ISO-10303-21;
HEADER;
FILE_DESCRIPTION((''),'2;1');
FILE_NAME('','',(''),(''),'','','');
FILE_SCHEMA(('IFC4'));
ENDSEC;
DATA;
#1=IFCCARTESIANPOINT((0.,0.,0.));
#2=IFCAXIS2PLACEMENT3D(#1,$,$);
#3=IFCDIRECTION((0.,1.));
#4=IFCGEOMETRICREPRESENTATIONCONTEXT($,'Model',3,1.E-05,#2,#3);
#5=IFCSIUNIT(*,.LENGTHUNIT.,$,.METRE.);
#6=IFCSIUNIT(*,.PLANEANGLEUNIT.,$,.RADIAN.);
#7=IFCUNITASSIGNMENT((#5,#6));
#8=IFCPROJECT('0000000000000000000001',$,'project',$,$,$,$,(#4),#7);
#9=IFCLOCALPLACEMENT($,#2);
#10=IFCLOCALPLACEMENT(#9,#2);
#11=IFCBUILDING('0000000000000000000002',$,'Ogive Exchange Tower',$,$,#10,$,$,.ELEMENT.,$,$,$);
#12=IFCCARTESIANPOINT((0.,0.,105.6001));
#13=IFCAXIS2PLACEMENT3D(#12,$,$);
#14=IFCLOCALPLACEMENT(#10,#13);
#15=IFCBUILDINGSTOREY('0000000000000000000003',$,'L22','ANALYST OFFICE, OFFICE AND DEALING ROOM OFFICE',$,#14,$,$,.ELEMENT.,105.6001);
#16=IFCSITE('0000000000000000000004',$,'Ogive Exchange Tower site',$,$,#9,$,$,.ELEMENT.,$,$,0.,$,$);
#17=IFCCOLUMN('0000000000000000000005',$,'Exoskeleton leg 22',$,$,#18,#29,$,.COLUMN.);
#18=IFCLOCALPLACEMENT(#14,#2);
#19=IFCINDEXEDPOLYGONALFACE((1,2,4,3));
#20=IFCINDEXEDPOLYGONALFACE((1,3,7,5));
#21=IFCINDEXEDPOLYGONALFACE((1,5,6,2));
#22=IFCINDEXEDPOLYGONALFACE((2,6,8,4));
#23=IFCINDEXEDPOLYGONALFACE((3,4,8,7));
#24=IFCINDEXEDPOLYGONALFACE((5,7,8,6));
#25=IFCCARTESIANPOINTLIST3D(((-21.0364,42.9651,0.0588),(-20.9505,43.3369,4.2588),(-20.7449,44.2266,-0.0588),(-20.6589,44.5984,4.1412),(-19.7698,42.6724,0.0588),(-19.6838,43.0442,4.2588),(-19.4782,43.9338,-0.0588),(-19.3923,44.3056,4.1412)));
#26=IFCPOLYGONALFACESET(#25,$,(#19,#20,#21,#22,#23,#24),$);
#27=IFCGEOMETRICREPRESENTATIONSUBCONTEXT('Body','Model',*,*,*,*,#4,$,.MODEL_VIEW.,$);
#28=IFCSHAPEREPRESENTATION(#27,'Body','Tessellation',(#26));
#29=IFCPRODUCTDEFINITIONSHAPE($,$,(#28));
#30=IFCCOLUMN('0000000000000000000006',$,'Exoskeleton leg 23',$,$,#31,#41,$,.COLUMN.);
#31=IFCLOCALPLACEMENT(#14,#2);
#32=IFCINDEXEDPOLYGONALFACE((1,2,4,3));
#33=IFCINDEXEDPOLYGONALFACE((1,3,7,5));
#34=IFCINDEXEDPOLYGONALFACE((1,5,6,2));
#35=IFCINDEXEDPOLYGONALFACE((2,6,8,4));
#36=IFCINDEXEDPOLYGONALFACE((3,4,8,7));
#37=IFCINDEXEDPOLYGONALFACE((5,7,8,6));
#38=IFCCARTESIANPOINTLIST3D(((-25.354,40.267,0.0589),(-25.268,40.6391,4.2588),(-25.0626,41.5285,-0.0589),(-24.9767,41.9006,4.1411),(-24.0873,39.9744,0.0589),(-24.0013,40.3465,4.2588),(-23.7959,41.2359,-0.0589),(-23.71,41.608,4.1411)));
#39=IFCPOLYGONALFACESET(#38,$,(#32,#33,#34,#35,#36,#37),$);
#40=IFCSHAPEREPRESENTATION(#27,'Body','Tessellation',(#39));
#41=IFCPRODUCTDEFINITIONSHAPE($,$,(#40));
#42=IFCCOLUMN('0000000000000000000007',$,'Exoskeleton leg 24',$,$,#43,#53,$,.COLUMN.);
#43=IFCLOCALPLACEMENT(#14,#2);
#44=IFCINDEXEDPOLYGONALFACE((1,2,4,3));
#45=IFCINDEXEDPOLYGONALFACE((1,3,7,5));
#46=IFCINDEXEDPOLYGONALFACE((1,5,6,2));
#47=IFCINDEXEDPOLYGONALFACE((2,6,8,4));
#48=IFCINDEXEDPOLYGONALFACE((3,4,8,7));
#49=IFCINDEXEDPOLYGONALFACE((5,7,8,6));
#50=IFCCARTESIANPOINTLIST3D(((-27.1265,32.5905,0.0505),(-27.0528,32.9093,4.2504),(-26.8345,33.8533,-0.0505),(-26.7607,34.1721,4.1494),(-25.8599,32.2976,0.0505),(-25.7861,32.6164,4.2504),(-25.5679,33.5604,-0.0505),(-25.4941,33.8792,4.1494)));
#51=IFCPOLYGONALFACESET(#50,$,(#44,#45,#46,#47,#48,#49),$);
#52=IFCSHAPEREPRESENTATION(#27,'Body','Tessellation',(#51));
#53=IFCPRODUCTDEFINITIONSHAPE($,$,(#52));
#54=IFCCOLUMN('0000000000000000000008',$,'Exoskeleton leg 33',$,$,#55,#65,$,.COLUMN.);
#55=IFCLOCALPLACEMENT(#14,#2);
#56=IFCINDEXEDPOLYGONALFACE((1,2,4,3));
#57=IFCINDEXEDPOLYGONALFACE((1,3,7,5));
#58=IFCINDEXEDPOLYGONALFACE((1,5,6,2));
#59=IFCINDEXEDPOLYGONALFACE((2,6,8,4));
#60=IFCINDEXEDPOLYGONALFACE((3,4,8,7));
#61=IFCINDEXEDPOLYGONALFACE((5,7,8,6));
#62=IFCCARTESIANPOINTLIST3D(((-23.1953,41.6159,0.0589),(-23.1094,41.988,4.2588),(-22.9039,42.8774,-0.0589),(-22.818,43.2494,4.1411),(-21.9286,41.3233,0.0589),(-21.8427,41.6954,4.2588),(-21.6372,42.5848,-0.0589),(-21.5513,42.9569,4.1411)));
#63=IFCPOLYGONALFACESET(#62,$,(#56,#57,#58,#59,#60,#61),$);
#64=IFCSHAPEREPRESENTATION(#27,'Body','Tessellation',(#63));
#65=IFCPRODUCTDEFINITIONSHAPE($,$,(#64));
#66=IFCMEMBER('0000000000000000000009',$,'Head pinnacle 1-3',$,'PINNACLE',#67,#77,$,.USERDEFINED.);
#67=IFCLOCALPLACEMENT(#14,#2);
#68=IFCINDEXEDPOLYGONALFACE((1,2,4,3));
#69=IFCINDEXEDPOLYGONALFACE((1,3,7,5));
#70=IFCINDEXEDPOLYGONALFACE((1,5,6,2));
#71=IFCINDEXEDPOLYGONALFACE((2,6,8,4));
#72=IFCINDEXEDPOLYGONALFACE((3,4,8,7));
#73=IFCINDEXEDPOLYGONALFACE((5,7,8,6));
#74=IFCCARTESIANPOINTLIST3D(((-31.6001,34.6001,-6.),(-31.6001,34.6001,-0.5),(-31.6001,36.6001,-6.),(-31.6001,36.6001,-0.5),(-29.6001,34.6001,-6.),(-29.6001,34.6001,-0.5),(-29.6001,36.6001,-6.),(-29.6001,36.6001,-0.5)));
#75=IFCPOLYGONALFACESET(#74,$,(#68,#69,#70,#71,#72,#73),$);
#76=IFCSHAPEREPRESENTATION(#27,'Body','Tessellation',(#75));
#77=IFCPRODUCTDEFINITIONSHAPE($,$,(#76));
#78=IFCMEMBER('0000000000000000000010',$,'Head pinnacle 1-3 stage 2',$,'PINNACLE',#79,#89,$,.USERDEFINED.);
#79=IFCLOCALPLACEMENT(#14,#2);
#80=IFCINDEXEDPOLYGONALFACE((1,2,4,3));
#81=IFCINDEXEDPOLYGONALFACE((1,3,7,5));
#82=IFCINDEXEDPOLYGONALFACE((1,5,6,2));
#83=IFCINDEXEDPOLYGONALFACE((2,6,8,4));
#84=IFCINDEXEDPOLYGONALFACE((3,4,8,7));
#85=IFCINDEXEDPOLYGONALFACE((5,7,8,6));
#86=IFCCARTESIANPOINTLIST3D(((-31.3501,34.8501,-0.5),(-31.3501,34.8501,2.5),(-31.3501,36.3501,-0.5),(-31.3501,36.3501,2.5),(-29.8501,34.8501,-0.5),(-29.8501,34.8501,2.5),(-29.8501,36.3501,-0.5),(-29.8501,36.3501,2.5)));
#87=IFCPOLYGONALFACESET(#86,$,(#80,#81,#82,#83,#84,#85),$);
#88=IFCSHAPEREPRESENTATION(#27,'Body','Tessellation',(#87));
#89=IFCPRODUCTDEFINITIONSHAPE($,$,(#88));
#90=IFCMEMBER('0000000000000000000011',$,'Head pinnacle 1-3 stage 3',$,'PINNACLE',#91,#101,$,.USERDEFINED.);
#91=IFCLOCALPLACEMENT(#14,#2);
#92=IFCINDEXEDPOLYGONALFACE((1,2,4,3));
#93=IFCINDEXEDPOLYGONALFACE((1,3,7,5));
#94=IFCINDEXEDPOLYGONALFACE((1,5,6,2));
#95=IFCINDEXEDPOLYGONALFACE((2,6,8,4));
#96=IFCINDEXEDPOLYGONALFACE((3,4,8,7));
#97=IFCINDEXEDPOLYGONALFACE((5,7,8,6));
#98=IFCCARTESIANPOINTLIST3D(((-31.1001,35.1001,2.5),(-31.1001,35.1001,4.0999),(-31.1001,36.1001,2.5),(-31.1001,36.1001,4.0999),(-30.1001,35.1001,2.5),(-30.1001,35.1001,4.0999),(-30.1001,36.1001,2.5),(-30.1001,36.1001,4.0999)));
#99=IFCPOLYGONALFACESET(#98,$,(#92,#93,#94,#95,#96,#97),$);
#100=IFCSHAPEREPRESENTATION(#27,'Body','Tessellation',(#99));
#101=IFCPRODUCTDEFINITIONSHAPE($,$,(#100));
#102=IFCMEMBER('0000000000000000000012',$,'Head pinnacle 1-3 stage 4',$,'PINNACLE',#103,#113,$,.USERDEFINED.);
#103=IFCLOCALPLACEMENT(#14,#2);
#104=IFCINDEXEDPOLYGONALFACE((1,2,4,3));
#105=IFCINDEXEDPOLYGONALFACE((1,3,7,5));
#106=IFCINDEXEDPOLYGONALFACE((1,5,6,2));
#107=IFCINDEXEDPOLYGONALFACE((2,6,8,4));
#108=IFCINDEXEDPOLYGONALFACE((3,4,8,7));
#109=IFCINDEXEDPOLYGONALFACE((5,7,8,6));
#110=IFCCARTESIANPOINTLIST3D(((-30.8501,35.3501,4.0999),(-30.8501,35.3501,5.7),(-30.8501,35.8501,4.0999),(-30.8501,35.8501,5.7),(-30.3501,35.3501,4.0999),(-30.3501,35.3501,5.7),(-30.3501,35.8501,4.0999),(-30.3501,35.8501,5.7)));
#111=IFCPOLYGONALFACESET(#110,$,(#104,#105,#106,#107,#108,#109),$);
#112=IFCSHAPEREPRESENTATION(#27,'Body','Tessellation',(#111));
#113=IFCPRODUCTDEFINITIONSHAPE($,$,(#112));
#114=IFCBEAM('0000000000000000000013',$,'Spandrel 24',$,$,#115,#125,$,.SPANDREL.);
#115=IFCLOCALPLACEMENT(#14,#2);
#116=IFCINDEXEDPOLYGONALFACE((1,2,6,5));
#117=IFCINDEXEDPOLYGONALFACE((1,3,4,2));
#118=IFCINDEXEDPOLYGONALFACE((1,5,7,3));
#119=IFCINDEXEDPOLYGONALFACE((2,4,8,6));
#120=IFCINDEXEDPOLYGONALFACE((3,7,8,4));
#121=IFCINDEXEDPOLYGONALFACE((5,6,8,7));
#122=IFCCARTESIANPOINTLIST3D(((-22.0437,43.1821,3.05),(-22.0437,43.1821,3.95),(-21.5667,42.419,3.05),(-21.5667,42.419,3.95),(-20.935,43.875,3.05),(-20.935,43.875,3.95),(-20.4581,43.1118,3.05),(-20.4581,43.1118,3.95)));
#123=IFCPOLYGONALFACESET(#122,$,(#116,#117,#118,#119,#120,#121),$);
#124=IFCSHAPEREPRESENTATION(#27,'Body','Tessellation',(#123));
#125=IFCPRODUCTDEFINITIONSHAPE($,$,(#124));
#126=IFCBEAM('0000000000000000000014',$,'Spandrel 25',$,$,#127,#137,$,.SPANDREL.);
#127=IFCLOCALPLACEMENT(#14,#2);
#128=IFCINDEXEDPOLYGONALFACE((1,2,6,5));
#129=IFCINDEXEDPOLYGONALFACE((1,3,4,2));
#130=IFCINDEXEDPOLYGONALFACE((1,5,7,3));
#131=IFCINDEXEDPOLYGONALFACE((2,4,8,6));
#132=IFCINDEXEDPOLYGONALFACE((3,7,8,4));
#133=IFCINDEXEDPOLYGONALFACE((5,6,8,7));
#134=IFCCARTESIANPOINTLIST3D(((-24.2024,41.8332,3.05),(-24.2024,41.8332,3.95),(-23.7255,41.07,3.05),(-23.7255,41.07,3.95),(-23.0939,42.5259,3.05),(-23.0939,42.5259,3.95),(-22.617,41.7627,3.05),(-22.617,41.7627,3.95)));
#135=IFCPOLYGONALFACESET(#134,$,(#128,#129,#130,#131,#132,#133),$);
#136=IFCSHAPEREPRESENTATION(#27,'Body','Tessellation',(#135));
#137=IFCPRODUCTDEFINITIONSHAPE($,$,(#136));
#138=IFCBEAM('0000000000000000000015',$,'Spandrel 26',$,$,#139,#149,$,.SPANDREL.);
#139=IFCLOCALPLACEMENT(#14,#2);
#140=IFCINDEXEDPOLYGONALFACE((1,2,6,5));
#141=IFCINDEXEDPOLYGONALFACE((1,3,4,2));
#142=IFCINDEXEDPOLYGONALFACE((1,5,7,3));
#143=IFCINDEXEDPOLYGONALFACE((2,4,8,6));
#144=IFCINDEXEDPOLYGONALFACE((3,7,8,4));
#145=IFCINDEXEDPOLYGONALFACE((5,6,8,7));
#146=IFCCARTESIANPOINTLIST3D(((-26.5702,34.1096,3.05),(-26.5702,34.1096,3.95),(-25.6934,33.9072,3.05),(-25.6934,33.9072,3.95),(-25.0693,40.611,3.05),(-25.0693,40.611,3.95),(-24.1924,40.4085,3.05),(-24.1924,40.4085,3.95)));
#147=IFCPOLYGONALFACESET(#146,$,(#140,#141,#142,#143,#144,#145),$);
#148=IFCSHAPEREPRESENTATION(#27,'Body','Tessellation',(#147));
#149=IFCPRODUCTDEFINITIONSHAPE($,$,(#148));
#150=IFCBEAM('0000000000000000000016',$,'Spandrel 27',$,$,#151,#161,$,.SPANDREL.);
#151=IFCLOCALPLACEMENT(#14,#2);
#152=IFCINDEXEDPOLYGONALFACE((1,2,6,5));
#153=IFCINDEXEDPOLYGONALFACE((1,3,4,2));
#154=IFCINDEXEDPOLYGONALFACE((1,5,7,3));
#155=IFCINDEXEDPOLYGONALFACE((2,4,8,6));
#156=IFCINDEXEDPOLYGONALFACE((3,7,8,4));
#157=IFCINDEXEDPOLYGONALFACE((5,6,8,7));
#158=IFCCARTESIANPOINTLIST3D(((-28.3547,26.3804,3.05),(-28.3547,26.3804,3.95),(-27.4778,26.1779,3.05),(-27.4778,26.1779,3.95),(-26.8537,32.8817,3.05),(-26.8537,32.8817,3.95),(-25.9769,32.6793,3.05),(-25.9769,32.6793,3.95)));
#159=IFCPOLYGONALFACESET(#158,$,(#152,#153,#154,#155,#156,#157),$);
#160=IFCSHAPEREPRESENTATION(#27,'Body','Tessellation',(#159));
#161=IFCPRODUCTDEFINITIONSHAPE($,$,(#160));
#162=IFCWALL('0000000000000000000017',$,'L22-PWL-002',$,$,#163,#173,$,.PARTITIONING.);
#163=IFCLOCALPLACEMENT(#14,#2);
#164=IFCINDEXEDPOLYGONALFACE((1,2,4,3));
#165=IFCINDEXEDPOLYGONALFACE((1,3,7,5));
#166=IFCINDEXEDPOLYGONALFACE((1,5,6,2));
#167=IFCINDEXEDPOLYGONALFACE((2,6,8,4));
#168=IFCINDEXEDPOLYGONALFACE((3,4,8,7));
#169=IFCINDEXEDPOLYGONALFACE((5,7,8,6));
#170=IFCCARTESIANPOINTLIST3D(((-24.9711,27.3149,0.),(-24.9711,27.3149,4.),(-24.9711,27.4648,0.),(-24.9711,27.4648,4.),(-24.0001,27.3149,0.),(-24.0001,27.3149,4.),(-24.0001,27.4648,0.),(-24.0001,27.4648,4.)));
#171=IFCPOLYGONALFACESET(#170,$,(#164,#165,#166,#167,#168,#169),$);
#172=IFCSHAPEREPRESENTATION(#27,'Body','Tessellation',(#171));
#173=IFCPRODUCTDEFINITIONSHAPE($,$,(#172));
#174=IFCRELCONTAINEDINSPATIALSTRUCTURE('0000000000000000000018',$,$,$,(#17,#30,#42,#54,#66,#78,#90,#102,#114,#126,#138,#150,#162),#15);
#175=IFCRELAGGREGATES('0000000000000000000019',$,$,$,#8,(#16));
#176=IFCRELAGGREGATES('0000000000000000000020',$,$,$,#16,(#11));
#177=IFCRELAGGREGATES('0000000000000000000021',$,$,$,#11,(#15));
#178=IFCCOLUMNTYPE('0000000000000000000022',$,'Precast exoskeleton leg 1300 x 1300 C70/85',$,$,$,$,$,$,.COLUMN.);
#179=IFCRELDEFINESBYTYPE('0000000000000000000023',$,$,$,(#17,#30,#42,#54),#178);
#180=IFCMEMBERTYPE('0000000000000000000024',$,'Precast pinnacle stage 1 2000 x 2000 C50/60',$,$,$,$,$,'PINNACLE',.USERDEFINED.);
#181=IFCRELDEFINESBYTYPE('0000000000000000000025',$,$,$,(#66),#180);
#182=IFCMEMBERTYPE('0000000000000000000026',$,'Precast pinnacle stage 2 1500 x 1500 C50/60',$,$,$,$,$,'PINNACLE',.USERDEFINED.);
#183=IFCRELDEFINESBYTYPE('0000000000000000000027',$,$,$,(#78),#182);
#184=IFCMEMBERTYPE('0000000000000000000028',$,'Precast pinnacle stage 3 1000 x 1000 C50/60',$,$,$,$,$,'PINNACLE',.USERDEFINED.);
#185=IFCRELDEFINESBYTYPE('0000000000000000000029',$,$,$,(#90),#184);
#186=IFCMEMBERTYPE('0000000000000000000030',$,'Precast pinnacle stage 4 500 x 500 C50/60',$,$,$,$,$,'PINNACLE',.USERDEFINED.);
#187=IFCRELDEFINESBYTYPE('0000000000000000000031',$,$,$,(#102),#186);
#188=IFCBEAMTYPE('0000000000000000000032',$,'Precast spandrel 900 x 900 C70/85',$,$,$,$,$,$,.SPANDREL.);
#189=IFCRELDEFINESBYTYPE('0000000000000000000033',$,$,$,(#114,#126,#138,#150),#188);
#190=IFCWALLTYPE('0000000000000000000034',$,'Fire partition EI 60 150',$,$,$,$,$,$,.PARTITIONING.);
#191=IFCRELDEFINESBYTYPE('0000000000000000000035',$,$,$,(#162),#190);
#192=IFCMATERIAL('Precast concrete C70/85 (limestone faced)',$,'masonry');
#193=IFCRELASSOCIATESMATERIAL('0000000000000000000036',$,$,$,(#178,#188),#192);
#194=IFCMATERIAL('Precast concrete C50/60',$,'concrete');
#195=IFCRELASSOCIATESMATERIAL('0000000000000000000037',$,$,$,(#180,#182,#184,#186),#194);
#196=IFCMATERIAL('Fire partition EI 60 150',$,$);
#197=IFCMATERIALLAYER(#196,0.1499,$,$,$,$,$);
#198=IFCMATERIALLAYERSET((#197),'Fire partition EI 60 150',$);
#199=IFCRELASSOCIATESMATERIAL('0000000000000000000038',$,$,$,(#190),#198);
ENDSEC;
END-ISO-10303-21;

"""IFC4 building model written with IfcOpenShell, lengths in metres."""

from ifc_helpers import new_model, si_unit, direction, frame, frame_2d, origin, origin_2d, place, context, subcontext, project, spatial, rectangle, extrude, material, layer, layer_set, material_profile, profile_set, type_object, element, save


model = new_model("IFC4")

# Units and contexts
model_context = context("Model", 3, precision=1e-05, world=origin(), true_north=direction((0.0, 1.0)))
body_context = subcontext(model_context, "Body", "Model", "MODEL_VIEW")
ifc_project = project(units=[si_unit("LENGTHUNIT", "METRE"), si_unit("PLANEANGLEUNIT", "RADIAN")], contexts=[model_context])

# Site, building, storey
site_placement = place(None, origin())
site = spatial("IfcSite", under=ifc_project, at=site_placement, Name="Ogive Exchange Tower site", CompositionType="ELEMENT", RefElevation=0.0)
building_placement = place(site_placement, origin())
building = spatial("IfcBuilding", under=site, at=building_placement, Name="Ogive Exchange Tower", CompositionType="ELEMENT")
storey_placement = place(building_placement, frame((0.0, 0.0, 105.6001)))
storey = spatial("IfcBuildingStorey", under=building, at=storey_placement, Name="L22", Description="ANALYST OFFICE, OFFICE AND DEALING ROOM OFFICE", CompositionType="ELEMENT", Elevation=105.6001)

# Columns
ifc_material_1 = material(Name="Precast concrete C70/85 (limestone faced)", Category="masonry")
ifc_material_profile_1 = material_profile(ifc_material_1, rectangle(XDim=1.3, YDim=1.3, at=origin_2d()), Name="1300 x 1300")
ifc_profile_set_1 = profile_set([ifc_material_profile_1], Name="Precast concrete C70/85 (limestone faced)")
column_type = type_object("IfcColumnType", Name="Precast exoskeleton leg 1300 x 1300 C70/85", PredefinedType="COLUMN", material=ifc_profile_set_1)
for number, where, z_axis, x_axis, name in (
    (1, (-20.2573, 43.4495, 0.0), (0.020378, 0.088168, 0.995897), (-0.974316, 0.225187, 0.0), "Exoskeleton leg 22"),
    (2, (-24.575, 40.7515, 0.0), (0.020377, 0.088225, 0.995892), (-0.974348, 0.225046, 0.0), "Exoskeleton leg 23"),
):
    element("IfcColumn", number, at=place(storey_placement, frame(where, z_axis=z_axis, x_axis=x_axis)), inside=storey, type_object=column_type, Name=name, PredefinedType="COLUMN", context=body_context, shape_type="SweptSolid", body=[
        extrude(rectangle(XDim=1.3, YDim=1.3, at=origin_2d()), origin(), (0.0, 0.0, 1.0), 4.2173),
    ])
column_1_placement = place(storey_placement, frame((-26.3472, 33.0754, 0.0), z_axis=(0.017502, 0.075688, 0.996978), x_axis=(-0.974291, 0.225295, 0.0)))
element("IfcColumn", 3, at=column_1_placement, inside=storey, type_object=column_type, Name="Exoskeleton leg 24", PredefinedType="COLUMN", context=body_context, shape_type="SweptSolid", body=[
    extrude(rectangle(XDim=1.3, YDim=1.3, at=origin_2d()), origin(), (0.0, 0.0, 1.0), 4.2126),
])
column_2_placement = place(storey_placement, frame((-22.4163, 42.1003, 0.0), z_axis=(0.020377, 0.088225, 0.995892), x_axis=(-0.974348, 0.225046, 0.0)))
element("IfcColumn", 4, at=column_2_placement, inside=storey, type_object=column_type, Name="Exoskeleton leg 33", PredefinedType="COLUMN", context=body_context, shape_type="SweptSolid", body=[
    extrude(rectangle(XDim=1.3, YDim=1.3, at=origin_2d()), origin(), (0.0, 0.0, 1.0), 4.2173),
])

# Members
ifc_material_2 = material(Name="Precast concrete C50/60", Category="concrete")
ifc_material_profile_2 = material_profile(ifc_material_2, rectangle(XDim=2.0, YDim=2.0, at=origin_2d()), Name="PINNACLE 1 2000 x 2000")
ifc_profile_set_2 = profile_set([ifc_material_profile_2], Name="Precast concrete C50/60")
member_type_1 = type_object("IfcMemberType", Name="Precast pinnacle stage 1 2000 x 2000 C50/60", ElementType="PINNACLE", PredefinedType="USERDEFINED", material=ifc_profile_set_2)
member_1_placement = place(storey_placement, frame((-30.6001, 35.6001, -6.0), z_axis=(0.0, 0.0, 1.0), x_axis=(1.0, 0.0, 0.0)))
element("IfcMember", 5, at=member_1_placement, inside=storey, type_object=member_type_1, Name="Head pinnacle 1-3", ObjectType="PINNACLE", PredefinedType="USERDEFINED", context=body_context, shape_type="SweptSolid", body=[
    extrude(rectangle(XDim=2.0, YDim=2.0, at=origin_2d()), origin(), (0.0, 0.0, 1.0), 5.5),
])
ifc_material_profile_3 = material_profile(ifc_material_2, rectangle(XDim=1.5, YDim=1.5, at=origin_2d()), Name="PINNACLE 2 1500 x 1500")
ifc_profile_set_3 = profile_set([ifc_material_profile_3], Name="Precast concrete C50/60")
member_type_2 = type_object("IfcMemberType", Name="Precast pinnacle stage 2 1500 x 1500 C50/60", ElementType="PINNACLE", PredefinedType="USERDEFINED", material=ifc_profile_set_3)
member_2_placement = place(storey_placement, frame((-30.6001, 35.6001, -0.5), z_axis=(0.0, 0.0, 1.0), x_axis=(1.0, 0.0, 0.0)))
element("IfcMember", 6, at=member_2_placement, inside=storey, type_object=member_type_2, Name="Head pinnacle 1-3 stage 2", ObjectType="PINNACLE", PredefinedType="USERDEFINED", context=body_context, shape_type="SweptSolid", body=[
    extrude(rectangle(XDim=1.5, YDim=1.5, at=origin_2d()), origin(), (0.0, 0.0, 1.0), 3.0),
])
ifc_material_profile_4 = material_profile(ifc_material_2, rectangle(XDim=1.0, YDim=1.0, at=origin_2d()), Name="PINNACLE 3 1000 x 1000")
ifc_profile_set_4 = profile_set([ifc_material_profile_4], Name="Precast concrete C50/60")
member_type_3 = type_object("IfcMemberType", Name="Precast pinnacle stage 3 1000 x 1000 C50/60", ElementType="PINNACLE", PredefinedType="USERDEFINED", material=ifc_profile_set_4)
member_3_placement = place(storey_placement, frame((-30.6001, 35.6001, 2.5), z_axis=(0.0, 0.0, 1.0), x_axis=(1.0, 0.0, 0.0)))
element("IfcMember", 7, at=member_3_placement, inside=storey, type_object=member_type_3, Name="Head pinnacle 1-3 stage 3", ObjectType="PINNACLE", PredefinedType="USERDEFINED", context=body_context, shape_type="SweptSolid", body=[
    extrude(rectangle(XDim=1.0, YDim=1.0, at=origin_2d()), origin(), (0.0, 0.0, 1.0), 1.5999),
])
ifc_material_profile_5 = material_profile(ifc_material_2, rectangle(XDim=0.5, YDim=0.5, at=origin_2d()), Name="PINNACLE 4 500 x 500")
ifc_profile_set_5 = profile_set([ifc_material_profile_5], Name="Precast concrete C50/60")
member_type_4 = type_object("IfcMemberType", Name="Precast pinnacle stage 4 500 x 500 C50/60", ElementType="PINNACLE", PredefinedType="USERDEFINED", material=ifc_profile_set_5)
member_4_placement = place(storey_placement, frame((-30.6001, 35.6001, 4.0999), z_axis=(0.0, 0.0, 1.0), x_axis=(1.0, 0.0, 0.0)))
element("IfcMember", 8, at=member_4_placement, inside=storey, type_object=member_type_4, Name="Head pinnacle 1-3 stage 4", ObjectType="PINNACLE", PredefinedType="USERDEFINED", context=body_context, shape_type="SweptSolid", body=[
    extrude(rectangle(XDim=0.5, YDim=0.5, at=origin_2d()), origin(), (0.0, 0.0, 1.0), 1.6001),
])

# Beams
ifc_material_profile_6 = material_profile(ifc_material_1, rectangle(XDim=0.8999, YDim=0.8999, at=origin_2d()), Name="900 x 900")
ifc_profile_set_6 = profile_set([ifc_material_profile_6], Name="Precast concrete C70/85 (limestone faced)")
beam_type = type_object("IfcBeamType", Name="Precast spandrel 900 x 900 C70/85", PredefinedType="SPANDREL", material=ifc_profile_set_6)
beam_1_placement = place(storey_placement, frame((-20.6965, 43.4934, 3.5), z_axis=(-0.848009, -0.529982, 0.0), x_axis=(0.529982, -0.848009, 0.0)))
element("IfcBeam", 9, at=beam_1_placement, inside=storey, type_object=beam_type, Name="Spandrel 24", PredefinedType="SPANDREL", context=body_context, shape_type="SweptSolid", body=[
    extrude(rectangle(XDim=0.8999, YDim=0.8999, at=origin_2d()), origin(), (0.0, 0.0, 1.0), 1.3074),
])
beam_2_placement = place(storey_placement, frame((-22.8555, 42.1443, 3.5), z_axis=(-0.84804, -0.529932, 0.0), x_axis=(0.529932, -0.84804, 0.0)))
element("IfcBeam", 10, at=beam_2_placement, inside=storey, type_object=beam_type, Name="Spandrel 25", PredefinedType="SPANDREL", context=body_context, shape_type="SweptSolid", body=[
    extrude(rectangle(XDim=0.8999, YDim=0.8999, at=origin_2d()), origin(), (0.0, 0.0, 1.0), 1.3071),
])
for number, where, z_axis, x_axis, name in (
    (11, (-24.6309, 40.5098, 3.5), (-0.22495, -0.97437, 0.0), (0.97437, -0.22495, 0.0), "Spandrel 26"),
    (12, (-26.4153, 32.7805, 3.5), (-0.22495, -0.97437, 0.0), (0.97437, -0.22495, 0.0), "Spandrel 27"),
):
    element("IfcBeam", number, at=place(storey_placement, frame(where, z_axis=z_axis, x_axis=x_axis)), inside=storey, type_object=beam_type, Name=name, PredefinedType="SPANDREL", context=body_context, shape_type="SweptSolid", body=[
        extrude(rectangle(XDim=0.8999, YDim=0.8999, at=origin_2d()), origin(), (0.0, 0.0, 1.0), 6.6724),
    ])

# Wall
ifc_material_3 = material(Name="Fire partition EI 60 150")
ifc_layer_1 = layer(ifc_material_3, 0.1499)
ifc_layer_set_1 = layer_set([ifc_layer_1], Name="Fire partition EI 60 150")
wall_type_1 = type_object("IfcWallType", Name="Fire partition EI 60 150", PredefinedType="PARTITIONING", material=ifc_layer_set_1)
wall_1_placement = place(storey_placement, frame((-24.9709, 27.3899, 0.0), z_axis=(0.0, 0.0, 1.0), x_axis=(1.0, 0.0, 0.0)))
element("IfcWall", 13, at=wall_1_placement, inside=storey, type_object=wall_type_1, Name="L22-PWL-002", PredefinedType="PARTITIONING", context=body_context, shape_type="SweptSolid", body=[
    extrude(rectangle(XDim=0.9709, YDim=0.1499, at=frame_2d((0.4854, 0.0))), origin(), (0.0, 0.0, 1.0), 4.0),
])

save(model, "model.ifc")
